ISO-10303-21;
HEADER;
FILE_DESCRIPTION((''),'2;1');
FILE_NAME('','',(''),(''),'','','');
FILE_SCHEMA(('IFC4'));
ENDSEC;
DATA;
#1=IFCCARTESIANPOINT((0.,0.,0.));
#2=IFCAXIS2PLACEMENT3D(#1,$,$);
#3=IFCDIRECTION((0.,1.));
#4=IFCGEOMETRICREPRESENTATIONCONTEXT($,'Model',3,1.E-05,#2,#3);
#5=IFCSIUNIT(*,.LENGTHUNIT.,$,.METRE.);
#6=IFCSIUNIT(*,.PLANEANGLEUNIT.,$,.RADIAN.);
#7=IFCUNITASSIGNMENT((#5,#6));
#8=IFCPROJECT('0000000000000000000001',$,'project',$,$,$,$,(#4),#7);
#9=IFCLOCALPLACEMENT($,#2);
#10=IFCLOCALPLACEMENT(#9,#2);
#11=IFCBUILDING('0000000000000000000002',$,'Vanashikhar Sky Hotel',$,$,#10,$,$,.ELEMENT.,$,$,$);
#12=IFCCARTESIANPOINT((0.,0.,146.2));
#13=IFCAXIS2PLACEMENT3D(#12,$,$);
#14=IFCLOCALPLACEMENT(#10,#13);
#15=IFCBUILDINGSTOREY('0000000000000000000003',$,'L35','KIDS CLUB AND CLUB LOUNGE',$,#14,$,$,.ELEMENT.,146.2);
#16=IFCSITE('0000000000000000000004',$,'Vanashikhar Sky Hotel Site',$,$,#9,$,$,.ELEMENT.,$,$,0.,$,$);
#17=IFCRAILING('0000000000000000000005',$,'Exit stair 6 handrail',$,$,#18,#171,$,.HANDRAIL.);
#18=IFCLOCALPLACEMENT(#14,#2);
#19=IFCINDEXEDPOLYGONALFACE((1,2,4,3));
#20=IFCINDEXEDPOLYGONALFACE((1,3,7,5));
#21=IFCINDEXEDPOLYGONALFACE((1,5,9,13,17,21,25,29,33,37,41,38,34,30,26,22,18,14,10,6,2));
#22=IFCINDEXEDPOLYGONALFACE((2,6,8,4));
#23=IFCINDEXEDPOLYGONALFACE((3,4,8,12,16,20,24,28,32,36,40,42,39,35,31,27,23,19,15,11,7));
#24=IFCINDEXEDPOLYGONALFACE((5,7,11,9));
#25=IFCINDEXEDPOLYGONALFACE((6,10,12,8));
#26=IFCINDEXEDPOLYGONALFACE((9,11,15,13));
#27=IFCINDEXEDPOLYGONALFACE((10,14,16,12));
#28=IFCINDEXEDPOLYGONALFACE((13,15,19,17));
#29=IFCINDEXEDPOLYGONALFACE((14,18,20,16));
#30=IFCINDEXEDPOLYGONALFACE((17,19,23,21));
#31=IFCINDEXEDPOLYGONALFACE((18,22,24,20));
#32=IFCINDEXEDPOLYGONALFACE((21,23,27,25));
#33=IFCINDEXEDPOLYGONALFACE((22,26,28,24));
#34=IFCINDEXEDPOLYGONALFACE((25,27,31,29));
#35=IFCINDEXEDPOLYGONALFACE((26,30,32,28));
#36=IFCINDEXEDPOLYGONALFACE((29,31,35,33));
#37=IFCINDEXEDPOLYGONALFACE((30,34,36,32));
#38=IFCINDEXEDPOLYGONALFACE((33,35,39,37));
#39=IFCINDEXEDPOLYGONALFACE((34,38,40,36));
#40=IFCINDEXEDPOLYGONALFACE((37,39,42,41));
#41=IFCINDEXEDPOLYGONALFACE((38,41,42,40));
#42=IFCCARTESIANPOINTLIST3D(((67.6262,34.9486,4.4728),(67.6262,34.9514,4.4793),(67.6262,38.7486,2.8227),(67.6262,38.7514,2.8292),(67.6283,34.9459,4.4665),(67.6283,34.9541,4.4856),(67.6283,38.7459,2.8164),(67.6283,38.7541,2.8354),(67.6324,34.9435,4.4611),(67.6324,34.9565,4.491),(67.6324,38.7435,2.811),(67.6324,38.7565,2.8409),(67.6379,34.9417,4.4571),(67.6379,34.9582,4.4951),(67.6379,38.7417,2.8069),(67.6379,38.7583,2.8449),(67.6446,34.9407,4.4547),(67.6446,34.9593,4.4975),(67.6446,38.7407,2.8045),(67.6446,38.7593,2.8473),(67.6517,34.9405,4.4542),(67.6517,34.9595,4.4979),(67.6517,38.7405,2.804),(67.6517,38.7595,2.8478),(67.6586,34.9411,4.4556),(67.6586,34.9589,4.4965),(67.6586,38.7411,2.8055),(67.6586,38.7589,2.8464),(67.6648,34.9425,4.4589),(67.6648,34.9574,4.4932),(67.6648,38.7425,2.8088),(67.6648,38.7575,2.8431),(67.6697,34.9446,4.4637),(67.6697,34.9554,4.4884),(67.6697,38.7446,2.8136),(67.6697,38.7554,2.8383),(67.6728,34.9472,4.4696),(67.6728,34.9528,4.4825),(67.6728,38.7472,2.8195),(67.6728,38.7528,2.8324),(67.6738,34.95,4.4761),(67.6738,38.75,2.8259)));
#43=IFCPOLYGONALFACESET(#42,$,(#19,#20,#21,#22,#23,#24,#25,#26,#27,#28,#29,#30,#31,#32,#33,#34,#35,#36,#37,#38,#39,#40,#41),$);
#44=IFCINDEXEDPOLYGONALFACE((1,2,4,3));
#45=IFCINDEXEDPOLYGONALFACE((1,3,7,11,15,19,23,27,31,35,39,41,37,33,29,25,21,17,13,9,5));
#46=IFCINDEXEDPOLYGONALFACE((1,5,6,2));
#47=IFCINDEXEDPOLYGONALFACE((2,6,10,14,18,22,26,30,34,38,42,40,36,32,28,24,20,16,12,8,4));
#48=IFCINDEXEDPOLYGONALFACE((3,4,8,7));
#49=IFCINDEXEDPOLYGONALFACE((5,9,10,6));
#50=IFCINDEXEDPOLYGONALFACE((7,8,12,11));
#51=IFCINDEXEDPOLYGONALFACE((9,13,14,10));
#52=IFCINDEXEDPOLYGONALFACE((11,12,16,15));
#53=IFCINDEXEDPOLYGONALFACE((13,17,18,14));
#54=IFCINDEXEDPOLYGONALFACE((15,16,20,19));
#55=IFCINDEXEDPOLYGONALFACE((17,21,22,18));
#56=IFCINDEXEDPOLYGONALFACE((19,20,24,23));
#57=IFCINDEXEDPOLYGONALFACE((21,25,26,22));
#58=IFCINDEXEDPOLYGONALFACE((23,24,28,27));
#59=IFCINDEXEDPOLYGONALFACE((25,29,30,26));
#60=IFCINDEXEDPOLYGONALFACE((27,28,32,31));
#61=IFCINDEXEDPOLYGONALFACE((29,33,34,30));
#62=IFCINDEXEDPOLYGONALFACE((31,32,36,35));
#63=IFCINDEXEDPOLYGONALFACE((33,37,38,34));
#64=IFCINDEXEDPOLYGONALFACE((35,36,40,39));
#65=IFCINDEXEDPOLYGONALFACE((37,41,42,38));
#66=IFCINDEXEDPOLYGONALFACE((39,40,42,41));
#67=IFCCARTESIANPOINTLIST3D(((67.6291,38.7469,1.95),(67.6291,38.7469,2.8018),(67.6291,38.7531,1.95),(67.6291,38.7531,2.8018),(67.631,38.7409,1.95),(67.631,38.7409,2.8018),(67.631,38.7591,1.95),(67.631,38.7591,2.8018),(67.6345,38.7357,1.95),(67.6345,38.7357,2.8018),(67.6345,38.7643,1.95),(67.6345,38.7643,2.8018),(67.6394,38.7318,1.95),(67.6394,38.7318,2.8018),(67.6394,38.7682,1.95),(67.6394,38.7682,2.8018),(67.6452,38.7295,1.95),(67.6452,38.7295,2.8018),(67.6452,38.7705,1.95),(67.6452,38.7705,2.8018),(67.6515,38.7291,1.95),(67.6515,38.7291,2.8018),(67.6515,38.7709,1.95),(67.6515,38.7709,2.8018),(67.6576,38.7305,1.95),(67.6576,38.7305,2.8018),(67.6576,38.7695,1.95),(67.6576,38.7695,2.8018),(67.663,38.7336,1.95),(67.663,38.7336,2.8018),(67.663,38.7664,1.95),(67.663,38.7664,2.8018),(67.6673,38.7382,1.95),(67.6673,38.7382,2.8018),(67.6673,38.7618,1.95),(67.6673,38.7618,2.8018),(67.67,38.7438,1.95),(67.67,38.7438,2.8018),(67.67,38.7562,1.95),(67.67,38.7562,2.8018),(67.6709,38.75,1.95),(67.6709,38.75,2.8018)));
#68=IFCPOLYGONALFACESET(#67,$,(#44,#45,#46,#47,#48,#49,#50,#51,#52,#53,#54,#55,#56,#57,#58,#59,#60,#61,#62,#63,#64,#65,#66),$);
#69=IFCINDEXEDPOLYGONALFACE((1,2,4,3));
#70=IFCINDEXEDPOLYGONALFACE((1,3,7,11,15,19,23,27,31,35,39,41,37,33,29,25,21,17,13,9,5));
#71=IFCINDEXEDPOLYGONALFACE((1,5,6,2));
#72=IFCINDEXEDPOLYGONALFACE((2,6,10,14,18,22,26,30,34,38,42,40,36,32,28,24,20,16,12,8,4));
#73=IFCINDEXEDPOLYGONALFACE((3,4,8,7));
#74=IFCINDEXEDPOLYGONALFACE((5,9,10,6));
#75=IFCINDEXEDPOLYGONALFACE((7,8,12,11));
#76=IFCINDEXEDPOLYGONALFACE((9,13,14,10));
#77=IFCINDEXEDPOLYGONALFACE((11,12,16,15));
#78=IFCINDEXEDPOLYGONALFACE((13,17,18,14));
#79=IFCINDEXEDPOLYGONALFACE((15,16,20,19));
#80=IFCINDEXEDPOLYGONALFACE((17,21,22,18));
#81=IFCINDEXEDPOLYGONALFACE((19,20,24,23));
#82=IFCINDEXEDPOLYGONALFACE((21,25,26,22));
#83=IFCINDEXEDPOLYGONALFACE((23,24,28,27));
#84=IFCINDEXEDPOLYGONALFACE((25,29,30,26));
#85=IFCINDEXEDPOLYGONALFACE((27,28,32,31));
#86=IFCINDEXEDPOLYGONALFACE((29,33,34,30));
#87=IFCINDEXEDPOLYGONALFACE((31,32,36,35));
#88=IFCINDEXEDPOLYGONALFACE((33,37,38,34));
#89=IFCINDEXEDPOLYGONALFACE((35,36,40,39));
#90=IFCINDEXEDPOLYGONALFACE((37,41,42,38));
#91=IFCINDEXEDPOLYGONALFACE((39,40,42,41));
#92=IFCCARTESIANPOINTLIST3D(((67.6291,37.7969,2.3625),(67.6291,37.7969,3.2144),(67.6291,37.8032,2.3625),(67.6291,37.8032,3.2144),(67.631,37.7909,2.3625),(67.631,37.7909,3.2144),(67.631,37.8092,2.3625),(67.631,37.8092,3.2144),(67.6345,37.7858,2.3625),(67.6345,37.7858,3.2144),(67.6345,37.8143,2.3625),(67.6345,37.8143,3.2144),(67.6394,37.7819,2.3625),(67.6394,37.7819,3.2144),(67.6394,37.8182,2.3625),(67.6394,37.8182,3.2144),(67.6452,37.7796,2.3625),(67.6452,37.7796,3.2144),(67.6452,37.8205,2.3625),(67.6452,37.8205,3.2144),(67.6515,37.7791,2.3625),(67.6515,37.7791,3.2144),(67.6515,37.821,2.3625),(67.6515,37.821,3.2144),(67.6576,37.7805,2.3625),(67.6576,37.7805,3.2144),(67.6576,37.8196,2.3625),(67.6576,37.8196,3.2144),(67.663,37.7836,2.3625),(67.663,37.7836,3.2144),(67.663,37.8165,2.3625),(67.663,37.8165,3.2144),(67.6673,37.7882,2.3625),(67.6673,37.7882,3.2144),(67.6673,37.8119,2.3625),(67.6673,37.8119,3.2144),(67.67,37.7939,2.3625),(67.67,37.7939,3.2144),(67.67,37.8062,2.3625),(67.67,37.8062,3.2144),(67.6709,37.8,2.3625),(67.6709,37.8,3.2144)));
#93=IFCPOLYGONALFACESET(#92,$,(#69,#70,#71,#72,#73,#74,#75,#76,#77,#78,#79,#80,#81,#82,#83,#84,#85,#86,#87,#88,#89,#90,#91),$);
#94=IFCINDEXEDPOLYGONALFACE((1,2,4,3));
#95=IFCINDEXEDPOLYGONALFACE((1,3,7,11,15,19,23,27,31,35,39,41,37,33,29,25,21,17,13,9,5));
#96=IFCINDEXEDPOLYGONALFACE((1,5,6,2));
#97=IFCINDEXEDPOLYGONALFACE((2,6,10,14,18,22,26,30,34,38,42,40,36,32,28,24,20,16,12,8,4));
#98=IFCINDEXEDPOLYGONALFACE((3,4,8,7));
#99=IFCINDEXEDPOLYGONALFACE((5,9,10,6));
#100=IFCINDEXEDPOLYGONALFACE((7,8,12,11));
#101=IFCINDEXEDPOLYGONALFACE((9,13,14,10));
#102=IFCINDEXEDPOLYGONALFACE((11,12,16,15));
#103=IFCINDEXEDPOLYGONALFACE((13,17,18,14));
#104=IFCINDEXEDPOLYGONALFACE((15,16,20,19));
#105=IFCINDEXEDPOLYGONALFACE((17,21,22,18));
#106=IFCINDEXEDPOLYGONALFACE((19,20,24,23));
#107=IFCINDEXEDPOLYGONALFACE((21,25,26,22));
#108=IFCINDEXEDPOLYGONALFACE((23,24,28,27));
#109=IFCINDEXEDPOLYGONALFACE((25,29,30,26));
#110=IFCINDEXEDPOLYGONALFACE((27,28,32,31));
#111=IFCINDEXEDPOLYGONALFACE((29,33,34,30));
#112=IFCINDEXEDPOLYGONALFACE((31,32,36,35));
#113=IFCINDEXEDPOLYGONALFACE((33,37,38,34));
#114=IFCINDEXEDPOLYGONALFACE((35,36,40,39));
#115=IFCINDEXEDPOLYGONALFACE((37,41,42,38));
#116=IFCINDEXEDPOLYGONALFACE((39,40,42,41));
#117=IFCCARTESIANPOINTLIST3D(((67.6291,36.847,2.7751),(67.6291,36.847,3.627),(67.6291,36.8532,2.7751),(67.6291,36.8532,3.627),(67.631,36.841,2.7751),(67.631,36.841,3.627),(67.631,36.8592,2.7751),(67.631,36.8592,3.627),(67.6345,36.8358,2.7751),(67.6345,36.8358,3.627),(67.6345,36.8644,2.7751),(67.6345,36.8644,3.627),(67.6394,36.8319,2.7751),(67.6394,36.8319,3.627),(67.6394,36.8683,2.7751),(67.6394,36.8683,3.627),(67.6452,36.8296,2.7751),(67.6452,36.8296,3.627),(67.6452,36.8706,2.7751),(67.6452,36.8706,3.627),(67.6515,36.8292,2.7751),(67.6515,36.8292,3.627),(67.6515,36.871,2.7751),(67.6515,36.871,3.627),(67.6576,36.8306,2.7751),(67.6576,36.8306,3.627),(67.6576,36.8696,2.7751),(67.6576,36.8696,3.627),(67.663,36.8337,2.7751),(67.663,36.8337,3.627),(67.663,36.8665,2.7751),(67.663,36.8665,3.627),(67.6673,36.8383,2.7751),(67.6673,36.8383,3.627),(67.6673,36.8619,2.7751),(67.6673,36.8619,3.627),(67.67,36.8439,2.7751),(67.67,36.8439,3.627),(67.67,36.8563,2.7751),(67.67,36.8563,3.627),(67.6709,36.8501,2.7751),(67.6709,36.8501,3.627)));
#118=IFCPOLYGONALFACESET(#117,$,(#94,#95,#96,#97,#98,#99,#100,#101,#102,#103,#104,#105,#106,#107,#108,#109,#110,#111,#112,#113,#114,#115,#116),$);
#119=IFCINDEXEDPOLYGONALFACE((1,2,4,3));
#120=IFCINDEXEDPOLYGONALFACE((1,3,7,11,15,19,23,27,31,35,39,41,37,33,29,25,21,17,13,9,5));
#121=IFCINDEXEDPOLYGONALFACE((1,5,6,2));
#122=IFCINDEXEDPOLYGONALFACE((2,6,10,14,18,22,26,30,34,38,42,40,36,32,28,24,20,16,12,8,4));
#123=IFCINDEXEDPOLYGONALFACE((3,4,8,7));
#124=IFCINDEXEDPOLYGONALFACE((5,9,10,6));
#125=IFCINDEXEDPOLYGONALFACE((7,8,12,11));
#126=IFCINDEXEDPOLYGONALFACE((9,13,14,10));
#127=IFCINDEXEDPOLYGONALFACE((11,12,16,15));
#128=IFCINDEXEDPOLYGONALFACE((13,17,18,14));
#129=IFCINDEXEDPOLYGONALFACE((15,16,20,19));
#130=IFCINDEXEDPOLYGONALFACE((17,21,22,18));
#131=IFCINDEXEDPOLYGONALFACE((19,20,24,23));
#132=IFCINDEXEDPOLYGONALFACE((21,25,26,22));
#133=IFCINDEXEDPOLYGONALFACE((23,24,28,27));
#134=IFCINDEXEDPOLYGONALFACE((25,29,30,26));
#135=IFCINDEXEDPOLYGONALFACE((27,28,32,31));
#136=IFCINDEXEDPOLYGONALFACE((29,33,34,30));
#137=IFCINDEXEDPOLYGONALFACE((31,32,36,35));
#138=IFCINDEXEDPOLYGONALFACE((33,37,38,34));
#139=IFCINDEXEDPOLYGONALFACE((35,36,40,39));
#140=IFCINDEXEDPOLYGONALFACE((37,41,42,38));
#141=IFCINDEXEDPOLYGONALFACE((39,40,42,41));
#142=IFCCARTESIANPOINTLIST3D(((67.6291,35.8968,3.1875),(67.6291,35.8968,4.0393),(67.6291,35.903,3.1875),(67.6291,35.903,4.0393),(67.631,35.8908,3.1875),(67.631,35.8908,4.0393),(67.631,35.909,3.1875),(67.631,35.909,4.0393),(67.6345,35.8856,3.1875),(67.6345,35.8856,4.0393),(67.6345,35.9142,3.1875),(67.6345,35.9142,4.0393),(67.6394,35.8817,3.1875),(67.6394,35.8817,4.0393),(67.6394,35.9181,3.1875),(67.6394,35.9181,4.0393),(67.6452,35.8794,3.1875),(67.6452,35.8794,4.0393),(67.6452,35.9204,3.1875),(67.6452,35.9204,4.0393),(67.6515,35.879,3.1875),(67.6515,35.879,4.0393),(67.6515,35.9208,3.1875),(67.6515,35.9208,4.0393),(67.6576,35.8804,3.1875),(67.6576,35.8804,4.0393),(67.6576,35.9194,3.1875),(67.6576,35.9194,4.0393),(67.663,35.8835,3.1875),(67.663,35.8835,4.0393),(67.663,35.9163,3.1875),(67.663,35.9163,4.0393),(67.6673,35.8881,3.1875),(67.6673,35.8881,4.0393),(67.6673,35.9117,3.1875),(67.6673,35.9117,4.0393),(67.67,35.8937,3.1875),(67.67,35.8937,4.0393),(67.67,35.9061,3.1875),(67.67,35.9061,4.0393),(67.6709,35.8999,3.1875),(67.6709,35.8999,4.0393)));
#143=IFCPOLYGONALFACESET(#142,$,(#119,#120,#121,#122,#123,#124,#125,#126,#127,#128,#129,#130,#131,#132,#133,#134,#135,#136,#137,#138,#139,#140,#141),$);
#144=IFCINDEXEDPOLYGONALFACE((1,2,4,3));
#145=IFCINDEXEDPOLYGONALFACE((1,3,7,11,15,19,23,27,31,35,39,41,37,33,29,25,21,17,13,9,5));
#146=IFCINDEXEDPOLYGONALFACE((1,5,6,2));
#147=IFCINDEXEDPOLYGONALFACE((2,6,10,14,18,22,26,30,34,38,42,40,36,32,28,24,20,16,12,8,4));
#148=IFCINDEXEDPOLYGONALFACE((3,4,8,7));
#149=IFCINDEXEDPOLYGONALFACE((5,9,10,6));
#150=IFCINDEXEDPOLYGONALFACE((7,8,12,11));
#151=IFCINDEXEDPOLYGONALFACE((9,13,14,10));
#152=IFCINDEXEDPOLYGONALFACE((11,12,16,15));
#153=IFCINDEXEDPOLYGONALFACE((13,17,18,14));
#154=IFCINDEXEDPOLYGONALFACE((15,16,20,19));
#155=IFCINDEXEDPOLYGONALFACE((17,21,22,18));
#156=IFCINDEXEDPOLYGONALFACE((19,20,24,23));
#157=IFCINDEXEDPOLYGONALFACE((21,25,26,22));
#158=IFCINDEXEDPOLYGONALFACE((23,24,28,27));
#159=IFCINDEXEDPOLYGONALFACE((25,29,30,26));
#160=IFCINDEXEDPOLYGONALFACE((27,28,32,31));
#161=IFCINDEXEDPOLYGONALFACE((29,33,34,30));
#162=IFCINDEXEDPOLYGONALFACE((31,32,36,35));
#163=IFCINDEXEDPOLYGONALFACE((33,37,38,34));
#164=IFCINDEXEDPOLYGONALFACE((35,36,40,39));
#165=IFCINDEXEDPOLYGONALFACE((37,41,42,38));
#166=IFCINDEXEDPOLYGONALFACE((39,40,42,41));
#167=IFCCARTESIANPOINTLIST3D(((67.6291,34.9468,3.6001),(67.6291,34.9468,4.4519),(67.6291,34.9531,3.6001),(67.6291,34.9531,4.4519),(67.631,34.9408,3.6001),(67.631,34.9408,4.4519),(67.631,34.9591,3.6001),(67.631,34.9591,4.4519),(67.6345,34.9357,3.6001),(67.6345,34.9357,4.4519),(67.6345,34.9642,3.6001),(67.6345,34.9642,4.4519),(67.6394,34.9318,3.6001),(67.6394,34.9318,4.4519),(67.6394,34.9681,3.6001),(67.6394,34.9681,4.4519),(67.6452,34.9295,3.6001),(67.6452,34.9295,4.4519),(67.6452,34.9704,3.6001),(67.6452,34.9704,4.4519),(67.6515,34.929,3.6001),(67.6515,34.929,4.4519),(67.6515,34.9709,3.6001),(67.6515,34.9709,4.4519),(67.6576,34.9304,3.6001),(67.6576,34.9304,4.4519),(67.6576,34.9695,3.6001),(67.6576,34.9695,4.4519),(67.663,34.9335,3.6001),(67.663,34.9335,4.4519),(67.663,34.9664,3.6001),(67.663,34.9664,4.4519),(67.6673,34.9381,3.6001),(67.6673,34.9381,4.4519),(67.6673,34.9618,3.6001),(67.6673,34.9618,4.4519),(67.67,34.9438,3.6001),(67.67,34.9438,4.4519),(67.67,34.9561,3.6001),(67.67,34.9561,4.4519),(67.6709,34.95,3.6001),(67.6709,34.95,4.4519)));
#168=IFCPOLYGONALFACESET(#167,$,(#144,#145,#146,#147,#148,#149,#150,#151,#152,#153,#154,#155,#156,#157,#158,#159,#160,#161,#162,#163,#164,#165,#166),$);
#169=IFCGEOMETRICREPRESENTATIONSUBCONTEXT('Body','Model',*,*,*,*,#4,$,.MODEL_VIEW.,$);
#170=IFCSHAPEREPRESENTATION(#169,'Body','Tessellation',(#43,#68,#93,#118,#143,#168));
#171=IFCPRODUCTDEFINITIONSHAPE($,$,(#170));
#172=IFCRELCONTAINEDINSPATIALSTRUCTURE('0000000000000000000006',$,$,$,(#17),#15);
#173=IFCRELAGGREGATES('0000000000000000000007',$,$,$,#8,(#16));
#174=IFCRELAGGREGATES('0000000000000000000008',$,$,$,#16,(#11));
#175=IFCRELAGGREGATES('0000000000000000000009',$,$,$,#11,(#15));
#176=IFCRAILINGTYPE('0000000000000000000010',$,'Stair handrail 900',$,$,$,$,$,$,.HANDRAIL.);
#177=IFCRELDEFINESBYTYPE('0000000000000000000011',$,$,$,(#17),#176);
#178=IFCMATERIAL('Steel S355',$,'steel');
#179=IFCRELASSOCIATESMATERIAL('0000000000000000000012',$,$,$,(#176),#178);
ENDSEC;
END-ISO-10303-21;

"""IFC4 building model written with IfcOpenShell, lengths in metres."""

from ifc_helpers import new_model, si_unit, direction, frame, origin, origin_2d, place, context, subcontext, project, spatial, circle, extrude, source, transform, mapped, material, type_object, element, save


model = new_model("IFC4")

# Units and contexts
model_context = context("Model", 3, precision=1e-05, world=origin(), true_north=direction((0.0, 1.0)))
body_context = subcontext(model_context, "Body", "Model", "MODEL_VIEW")
ifc_project = project(units=[si_unit("LENGTHUNIT", "METRE"), si_unit("PLANEANGLEUNIT", "RADIAN")], contexts=[model_context])

# Site, building, storey
site_placement = place(None, origin())
site = spatial("IfcSite", under=ifc_project, at=site_placement, Name="Vanashikhar Sky Hotel Site", CompositionType="ELEMENT", RefElevation=0.0)
building_placement = place(site_placement, origin())
building = spatial("IfcBuilding", under=site, at=building_placement, Name="Vanashikhar Sky Hotel", CompositionType="ELEMENT")
storey_placement = place(building_placement, frame((0.0, 0.0, 146.2)))
storey = spatial("IfcBuildingStorey", under=building, at=storey_placement, Name="L35", Description="KIDS CLUB AND CLUB LOUNGE", CompositionType="ELEMENT", Elevation=146.2)

# Railing
ifc_material_1 = material(Name="Steel S355", Category="steel")
railing_type_1 = type_object("IfcRailingType", Name="Stair handrail 900", PredefinedType="HANDRAIL", material=ifc_material_1)
shared_shape_1 = source(origin(), body_context, "Body", "SweptSolid", [
    extrude(circle(Radius=0.0239, at=origin_2d()), frame((0.0, 0.0, 0.876), z_axis=(0.0, -0.917251, 0.39831), x_axis=(1.0, 0.0, 0.0)), (0.0, 0.0, 1.0), 4.1428),
    extrude(circle(Radius=0.021, at=origin_2d()), origin(), (0.0, 0.0, 1.0), 0.8518),
    extrude(circle(Radius=0.021, at=origin_2d()), frame((0.0, -0.95, 0.4126)), (0.0, 0.0, 1.0), 0.8518),
    extrude(circle(Radius=0.021, at=origin_2d()), frame((0.0, -1.8999, 0.8252)), (0.0, 0.0, 1.0), 0.8518),
    extrude(circle(Radius=0.021, at=origin_2d()), frame((0.0, -2.8501, 1.2375)), (0.0, 0.0, 1.0), 0.8518),
    extrude(circle(Radius=0.021, at=origin_2d()), frame((0.0, -3.8, 1.6501)), (0.0, 0.0, 1.0), 0.8518),
])
railing_1_placement = place(storey_placement, frame((67.6499, 38.75, 1.95)))
element("IfcRailing", 1, at=railing_1_placement, inside=storey, type_object=railing_type_1, Name="Exit stair 6 handrail", PredefinedType="HANDRAIL", context=body_context, shape_type="MappedRepresentation", body=[
    mapped(shared_shape_1, transform((0.0, 0.0, 0.0), scale=1.0)),
])

save(model, "model.ifc")
